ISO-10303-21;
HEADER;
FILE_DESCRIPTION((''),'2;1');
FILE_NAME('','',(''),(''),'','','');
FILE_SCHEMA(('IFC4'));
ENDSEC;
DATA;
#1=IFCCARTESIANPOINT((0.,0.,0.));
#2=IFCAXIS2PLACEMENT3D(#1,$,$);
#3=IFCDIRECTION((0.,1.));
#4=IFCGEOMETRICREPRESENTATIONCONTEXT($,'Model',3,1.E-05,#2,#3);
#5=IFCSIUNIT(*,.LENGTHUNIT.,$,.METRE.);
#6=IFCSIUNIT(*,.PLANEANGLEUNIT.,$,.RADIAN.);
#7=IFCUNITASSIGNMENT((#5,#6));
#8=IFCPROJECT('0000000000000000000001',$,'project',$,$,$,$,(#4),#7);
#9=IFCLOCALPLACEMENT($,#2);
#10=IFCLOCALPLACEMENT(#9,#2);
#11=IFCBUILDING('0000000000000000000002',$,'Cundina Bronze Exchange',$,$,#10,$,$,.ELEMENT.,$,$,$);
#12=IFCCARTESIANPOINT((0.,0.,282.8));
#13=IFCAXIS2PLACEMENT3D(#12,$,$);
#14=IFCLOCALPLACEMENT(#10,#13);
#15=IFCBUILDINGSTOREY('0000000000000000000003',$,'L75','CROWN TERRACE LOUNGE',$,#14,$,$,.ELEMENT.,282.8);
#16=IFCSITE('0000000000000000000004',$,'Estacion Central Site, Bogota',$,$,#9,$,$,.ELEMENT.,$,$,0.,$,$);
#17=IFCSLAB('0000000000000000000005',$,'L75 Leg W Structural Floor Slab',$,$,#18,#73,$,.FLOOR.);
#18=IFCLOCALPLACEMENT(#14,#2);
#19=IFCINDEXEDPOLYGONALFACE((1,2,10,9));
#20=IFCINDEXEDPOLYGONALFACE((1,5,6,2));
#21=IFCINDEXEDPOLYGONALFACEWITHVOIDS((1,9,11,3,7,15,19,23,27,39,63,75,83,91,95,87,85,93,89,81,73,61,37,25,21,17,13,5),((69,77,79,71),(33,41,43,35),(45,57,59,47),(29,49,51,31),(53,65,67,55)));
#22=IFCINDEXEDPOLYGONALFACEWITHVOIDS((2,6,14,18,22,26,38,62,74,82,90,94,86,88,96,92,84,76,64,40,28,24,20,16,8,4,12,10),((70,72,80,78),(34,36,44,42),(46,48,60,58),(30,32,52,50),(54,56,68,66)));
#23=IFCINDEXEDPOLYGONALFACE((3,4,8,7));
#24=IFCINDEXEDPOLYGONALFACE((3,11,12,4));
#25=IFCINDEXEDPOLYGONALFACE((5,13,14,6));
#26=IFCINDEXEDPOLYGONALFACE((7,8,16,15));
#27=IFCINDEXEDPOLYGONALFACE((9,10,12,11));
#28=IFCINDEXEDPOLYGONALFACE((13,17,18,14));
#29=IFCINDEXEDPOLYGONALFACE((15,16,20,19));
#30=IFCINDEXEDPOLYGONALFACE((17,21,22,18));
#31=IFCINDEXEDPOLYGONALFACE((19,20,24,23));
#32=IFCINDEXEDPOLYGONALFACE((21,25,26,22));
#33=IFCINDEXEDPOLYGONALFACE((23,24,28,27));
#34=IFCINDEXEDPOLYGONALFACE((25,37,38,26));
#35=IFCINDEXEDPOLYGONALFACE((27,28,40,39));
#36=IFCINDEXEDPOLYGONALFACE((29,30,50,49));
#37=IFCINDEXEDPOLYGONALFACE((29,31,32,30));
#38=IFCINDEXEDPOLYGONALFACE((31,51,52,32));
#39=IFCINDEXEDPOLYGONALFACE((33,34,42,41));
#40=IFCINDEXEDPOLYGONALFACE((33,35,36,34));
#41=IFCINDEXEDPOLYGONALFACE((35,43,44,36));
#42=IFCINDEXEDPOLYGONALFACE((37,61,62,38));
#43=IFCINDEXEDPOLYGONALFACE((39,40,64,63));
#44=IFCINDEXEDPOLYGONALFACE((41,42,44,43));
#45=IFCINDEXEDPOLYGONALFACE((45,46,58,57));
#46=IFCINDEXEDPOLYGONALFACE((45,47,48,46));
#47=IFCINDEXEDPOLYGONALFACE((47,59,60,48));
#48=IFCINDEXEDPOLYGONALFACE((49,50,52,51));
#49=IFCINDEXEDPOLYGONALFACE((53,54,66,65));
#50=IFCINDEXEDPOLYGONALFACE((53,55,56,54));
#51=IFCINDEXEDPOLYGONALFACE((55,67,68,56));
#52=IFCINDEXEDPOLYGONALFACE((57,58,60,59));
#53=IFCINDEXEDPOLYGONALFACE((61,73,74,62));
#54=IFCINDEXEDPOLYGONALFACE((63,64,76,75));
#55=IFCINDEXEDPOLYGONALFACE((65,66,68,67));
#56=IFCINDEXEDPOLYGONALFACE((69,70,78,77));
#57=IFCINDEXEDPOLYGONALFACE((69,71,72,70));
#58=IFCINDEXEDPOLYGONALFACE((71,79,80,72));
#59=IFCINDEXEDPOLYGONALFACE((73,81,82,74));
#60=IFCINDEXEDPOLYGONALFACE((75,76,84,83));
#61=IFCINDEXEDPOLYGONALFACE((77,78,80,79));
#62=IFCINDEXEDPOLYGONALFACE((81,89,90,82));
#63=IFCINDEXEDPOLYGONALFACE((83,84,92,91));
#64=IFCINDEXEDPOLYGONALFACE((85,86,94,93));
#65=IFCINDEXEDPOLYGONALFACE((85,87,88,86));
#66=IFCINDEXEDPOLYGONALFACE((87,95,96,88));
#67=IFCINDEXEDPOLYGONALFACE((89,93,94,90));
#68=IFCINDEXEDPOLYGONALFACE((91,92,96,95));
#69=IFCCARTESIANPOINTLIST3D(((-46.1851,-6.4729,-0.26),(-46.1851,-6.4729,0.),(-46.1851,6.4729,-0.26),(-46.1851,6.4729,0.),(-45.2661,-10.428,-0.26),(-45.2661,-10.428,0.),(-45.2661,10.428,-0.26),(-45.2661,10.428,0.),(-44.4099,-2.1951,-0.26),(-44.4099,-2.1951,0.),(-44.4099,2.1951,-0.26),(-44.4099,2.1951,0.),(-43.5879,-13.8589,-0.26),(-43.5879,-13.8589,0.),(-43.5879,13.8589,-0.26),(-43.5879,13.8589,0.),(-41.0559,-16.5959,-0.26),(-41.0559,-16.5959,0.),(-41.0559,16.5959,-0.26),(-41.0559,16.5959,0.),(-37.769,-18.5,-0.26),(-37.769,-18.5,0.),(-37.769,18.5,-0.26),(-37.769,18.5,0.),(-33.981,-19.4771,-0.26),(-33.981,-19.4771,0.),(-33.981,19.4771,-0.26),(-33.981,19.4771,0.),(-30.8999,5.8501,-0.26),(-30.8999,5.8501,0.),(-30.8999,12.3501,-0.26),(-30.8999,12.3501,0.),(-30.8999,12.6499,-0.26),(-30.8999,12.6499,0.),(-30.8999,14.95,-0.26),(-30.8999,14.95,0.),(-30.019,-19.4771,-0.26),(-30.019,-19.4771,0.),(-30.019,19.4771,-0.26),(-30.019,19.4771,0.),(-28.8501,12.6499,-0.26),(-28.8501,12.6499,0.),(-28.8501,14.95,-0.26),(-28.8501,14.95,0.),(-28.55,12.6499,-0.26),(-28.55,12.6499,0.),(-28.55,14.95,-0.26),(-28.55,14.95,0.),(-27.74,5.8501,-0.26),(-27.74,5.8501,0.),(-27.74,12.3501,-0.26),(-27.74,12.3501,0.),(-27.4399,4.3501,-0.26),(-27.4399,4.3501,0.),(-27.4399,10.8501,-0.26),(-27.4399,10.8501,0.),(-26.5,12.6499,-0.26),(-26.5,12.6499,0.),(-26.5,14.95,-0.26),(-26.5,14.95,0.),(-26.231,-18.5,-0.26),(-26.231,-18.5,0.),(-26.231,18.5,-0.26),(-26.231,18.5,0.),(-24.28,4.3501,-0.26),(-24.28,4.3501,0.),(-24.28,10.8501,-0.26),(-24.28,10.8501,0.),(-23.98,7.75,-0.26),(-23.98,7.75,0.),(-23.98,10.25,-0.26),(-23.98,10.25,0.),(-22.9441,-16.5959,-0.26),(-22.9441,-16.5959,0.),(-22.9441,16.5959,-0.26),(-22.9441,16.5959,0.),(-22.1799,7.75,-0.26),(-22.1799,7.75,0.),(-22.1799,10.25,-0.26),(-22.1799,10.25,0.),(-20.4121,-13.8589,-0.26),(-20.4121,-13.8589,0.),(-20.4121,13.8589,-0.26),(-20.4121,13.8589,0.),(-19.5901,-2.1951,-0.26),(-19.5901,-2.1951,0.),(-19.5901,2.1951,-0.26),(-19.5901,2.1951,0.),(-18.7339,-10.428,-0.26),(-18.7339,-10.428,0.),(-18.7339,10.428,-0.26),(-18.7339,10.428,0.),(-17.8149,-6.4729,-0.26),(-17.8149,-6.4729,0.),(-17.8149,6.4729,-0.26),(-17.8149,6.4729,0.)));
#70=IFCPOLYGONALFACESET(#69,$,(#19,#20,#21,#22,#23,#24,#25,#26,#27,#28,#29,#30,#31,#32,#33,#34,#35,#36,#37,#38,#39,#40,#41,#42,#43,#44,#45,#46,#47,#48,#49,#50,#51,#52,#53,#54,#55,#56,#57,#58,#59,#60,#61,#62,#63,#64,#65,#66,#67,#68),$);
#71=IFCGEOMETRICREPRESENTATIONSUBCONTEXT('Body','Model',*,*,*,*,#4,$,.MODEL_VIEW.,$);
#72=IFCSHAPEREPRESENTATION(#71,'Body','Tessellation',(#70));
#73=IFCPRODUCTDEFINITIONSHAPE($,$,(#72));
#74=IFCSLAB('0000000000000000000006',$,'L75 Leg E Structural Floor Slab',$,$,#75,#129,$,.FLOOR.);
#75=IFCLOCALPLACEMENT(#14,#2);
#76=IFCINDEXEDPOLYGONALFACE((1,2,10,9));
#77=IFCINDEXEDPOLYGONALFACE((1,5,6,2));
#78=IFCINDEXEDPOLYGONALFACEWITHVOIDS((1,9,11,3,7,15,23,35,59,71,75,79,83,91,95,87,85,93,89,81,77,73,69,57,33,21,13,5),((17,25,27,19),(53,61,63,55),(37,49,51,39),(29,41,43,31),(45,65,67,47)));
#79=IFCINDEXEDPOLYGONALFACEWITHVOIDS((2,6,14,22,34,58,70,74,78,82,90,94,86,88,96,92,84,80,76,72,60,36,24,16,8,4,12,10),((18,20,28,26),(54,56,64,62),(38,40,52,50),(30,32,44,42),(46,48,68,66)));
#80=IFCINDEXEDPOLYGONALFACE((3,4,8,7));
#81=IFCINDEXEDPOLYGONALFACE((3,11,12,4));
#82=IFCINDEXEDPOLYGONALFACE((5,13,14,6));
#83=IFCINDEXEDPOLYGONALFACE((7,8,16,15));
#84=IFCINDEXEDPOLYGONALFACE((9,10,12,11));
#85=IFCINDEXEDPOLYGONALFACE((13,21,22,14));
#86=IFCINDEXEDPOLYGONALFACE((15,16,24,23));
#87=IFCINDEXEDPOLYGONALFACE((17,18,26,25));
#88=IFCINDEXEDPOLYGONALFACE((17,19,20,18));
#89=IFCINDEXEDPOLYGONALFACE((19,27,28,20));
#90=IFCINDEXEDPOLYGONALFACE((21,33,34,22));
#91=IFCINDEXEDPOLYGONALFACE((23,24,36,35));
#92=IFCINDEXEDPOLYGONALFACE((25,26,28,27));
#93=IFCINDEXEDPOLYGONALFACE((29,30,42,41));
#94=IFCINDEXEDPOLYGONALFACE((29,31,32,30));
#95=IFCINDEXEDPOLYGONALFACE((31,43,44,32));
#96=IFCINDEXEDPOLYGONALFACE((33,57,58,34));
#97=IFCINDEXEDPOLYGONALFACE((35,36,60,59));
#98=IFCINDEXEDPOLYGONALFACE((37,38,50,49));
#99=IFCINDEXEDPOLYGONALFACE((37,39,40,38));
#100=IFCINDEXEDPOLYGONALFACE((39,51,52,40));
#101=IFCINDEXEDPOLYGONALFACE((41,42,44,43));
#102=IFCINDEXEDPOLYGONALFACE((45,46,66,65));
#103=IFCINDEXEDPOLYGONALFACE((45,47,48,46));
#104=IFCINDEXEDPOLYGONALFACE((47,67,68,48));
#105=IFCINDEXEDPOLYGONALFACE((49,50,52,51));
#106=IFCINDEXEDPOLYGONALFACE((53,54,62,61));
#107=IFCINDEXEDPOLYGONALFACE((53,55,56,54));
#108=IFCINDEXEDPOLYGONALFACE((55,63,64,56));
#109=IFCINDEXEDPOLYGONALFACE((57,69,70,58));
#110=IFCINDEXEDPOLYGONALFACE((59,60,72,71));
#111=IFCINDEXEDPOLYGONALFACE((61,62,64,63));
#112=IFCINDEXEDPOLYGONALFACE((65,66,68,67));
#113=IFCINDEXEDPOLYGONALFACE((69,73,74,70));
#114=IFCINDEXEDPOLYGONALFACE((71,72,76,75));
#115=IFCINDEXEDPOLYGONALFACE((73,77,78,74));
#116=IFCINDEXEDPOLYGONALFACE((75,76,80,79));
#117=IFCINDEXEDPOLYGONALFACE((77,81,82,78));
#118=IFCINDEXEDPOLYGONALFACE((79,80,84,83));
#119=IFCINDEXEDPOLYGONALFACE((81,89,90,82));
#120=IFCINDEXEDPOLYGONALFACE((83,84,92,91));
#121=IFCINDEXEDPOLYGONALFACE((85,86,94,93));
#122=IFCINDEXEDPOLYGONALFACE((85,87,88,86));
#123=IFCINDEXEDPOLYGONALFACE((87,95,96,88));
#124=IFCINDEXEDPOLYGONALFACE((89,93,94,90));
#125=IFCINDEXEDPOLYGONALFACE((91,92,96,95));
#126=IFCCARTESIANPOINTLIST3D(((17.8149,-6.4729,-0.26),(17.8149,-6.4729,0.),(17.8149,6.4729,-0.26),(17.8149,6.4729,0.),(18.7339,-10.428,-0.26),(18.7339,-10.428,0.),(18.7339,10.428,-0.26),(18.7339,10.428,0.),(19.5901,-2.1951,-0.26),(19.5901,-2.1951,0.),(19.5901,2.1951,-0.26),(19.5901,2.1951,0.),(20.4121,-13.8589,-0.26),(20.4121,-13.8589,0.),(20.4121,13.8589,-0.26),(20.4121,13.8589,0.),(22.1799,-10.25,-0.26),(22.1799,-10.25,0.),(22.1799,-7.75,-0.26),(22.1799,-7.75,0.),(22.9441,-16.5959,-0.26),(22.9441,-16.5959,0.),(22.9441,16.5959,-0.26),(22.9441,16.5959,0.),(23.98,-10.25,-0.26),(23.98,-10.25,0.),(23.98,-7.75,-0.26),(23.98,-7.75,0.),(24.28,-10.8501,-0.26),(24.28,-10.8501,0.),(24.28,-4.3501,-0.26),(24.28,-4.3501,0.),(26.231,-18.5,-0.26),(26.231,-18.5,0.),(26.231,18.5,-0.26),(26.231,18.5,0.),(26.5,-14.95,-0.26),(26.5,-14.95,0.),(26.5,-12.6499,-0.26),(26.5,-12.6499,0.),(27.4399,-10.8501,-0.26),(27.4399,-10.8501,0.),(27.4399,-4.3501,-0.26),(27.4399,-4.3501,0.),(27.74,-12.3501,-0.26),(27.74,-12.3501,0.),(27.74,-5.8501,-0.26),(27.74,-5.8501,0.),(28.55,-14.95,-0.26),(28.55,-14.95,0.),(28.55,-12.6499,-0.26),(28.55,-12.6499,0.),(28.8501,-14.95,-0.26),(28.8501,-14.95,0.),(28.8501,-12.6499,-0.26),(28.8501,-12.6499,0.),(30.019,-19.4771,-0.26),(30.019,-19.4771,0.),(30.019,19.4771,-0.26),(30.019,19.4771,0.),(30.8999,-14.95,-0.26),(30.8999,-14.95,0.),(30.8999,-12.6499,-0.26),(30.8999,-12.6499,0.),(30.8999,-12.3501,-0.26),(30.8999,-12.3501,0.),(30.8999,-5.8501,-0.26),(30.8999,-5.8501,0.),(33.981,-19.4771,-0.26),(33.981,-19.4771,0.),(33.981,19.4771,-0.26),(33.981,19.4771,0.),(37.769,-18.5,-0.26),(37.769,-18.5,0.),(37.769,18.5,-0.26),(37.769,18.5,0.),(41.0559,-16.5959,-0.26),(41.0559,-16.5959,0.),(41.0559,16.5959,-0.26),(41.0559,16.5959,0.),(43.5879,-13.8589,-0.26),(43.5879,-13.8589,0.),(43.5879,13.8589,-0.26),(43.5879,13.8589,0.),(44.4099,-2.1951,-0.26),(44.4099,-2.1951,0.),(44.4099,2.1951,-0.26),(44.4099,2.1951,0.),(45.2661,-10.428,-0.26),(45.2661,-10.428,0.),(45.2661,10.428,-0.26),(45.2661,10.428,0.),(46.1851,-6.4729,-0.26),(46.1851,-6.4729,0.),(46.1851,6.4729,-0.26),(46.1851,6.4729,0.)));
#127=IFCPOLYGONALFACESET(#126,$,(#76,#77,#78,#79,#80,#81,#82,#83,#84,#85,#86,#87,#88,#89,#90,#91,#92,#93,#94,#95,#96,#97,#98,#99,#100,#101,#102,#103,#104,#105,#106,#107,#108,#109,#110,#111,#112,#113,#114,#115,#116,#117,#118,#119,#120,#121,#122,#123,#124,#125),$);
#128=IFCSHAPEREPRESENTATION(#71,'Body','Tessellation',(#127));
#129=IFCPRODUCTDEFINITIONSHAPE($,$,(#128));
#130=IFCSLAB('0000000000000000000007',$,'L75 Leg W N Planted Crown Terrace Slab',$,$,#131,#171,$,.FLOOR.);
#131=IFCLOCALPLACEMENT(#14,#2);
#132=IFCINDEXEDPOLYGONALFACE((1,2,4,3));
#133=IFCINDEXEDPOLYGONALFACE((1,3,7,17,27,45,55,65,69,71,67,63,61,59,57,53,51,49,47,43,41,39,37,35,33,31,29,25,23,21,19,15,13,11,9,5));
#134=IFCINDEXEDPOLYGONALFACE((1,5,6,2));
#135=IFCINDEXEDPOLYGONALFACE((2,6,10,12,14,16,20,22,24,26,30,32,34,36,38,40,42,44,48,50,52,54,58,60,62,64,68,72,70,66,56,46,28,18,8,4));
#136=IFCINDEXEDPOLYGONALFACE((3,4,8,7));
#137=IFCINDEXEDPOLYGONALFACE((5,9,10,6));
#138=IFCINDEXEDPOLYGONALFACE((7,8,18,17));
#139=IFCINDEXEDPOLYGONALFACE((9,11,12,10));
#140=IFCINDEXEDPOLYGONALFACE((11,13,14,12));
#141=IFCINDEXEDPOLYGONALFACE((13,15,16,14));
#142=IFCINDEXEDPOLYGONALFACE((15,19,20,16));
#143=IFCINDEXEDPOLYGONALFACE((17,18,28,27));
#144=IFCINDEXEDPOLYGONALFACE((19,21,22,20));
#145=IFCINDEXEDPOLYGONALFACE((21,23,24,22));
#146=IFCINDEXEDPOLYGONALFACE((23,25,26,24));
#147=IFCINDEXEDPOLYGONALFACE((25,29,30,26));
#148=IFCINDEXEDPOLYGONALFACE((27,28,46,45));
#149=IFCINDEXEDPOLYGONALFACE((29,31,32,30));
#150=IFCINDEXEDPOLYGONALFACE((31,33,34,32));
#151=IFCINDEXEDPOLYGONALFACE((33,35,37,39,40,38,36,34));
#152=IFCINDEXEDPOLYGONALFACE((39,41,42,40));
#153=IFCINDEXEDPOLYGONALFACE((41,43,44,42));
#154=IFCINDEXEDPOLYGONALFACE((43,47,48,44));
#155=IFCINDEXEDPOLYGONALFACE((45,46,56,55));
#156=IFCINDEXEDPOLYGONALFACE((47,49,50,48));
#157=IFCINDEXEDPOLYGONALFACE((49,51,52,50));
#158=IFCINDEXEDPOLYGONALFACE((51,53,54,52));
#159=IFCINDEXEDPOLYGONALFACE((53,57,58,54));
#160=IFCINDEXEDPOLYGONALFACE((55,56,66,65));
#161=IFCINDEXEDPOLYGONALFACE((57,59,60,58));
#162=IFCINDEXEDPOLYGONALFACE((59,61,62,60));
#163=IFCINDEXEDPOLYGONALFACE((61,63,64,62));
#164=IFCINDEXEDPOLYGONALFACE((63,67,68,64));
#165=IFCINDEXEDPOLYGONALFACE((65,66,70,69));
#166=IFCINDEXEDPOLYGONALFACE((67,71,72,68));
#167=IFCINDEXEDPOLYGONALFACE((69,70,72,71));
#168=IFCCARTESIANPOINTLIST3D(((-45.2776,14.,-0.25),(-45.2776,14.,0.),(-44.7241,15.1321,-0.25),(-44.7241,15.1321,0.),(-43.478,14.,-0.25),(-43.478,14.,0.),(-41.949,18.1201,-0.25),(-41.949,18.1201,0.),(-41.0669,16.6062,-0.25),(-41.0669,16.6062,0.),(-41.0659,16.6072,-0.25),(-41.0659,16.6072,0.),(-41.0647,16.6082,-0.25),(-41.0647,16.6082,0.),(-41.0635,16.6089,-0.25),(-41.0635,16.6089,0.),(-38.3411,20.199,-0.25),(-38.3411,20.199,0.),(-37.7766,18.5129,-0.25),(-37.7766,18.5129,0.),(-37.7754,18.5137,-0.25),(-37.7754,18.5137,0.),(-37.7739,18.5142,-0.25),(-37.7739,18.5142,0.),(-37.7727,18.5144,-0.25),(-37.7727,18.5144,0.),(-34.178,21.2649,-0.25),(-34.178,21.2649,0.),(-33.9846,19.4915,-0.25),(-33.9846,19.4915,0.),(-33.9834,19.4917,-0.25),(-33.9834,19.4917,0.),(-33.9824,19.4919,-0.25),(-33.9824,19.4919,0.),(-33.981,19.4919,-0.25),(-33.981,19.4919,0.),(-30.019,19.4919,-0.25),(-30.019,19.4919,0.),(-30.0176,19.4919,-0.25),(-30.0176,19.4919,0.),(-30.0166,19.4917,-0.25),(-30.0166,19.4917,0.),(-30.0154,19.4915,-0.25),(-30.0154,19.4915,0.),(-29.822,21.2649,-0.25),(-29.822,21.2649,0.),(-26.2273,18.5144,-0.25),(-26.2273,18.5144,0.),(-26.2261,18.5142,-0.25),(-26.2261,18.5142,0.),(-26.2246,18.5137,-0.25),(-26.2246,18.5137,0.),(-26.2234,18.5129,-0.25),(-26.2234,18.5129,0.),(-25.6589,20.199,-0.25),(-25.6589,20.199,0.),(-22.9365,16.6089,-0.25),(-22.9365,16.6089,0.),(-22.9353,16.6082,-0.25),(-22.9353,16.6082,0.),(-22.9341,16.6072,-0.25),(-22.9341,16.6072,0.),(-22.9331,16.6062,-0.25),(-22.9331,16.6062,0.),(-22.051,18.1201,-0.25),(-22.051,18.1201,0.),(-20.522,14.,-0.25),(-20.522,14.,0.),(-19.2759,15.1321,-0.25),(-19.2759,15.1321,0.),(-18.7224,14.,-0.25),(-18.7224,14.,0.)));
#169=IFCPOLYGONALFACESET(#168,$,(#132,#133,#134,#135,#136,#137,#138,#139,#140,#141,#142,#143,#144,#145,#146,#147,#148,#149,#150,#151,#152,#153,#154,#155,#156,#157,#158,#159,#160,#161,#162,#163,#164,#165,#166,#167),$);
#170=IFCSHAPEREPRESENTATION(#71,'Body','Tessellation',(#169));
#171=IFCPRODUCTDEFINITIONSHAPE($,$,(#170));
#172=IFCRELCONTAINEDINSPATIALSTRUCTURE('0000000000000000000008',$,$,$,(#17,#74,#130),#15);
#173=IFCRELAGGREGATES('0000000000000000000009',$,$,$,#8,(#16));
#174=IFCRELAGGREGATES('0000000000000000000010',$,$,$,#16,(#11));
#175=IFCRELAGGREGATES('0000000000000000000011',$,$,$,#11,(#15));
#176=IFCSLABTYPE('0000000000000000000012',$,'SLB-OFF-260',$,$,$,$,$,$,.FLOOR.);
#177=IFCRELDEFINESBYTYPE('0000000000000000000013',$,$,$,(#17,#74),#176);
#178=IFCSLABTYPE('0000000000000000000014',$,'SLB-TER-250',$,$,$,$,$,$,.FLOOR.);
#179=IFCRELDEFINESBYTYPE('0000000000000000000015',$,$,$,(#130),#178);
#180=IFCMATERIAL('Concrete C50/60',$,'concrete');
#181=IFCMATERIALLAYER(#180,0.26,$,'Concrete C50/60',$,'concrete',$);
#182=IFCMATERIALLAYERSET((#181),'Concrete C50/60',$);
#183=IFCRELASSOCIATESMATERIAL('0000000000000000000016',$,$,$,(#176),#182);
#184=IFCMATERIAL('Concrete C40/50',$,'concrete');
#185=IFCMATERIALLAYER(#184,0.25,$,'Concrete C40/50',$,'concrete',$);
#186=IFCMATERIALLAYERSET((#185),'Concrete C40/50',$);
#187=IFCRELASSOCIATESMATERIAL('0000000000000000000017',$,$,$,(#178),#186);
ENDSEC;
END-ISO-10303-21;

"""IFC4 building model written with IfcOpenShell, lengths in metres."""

from ifc_helpers import new_model, si_unit, direction, frame, origin, place, context, subcontext, project, spatial, polyline, outline, extrude, material, layer, layer_set, type_object, element, save


model = new_model("IFC4")

# Units and contexts
model_context = context("Model", 3, precision=1e-05, world=origin(), true_north=direction((0.0, 1.0)))
body_context = subcontext(model_context, "Body", "Model", "MODEL_VIEW")
ifc_project = project(units=[si_unit("LENGTHUNIT", "METRE"), si_unit("PLANEANGLEUNIT", "RADIAN")], contexts=[model_context])

# Site, building, storey
site_placement = place(None, origin())
site = spatial("IfcSite", under=ifc_project, at=site_placement, Name="Estacion Central Site, Bogota", CompositionType="ELEMENT", RefElevation=0.0)
building_placement = place(site_placement, origin())
building = spatial("IfcBuilding", under=site, at=building_placement, Name="Cundina Bronze Exchange", CompositionType="ELEMENT")
storey_placement = place(building_placement, frame((0.0, 0.0, 282.8)))
storey = spatial("IfcBuildingStorey", under=building, at=storey_placement, Name="L75", Description="CROWN TERRACE LOUNGE", CompositionType="ELEMENT", Elevation=282.8)

# Slabs
ifc_material_1 = material(Name="Concrete C50/60", Category="concrete")
ifc_layer_1 = layer(ifc_material_1, 0.26, Name="Concrete C50/60", Category="concrete")
ifc_layer_set_1 = layer_set([ifc_layer_1], Name="Concrete C50/60")
slab_type_1 = type_object("IfcSlabType", Name="SLB-OFF-260", PredefinedType="FLOOR", material=ifc_layer_set_1)
slab_1_placement = place(storey_placement, frame((0.0, 0.0, -0.26)))
element("IfcSlab", 1, at=slab_1_placement, inside=storey, type_object=slab_type_1, Name="L75 Leg W Structural Floor Slab", PredefinedType="FLOOR", context=body_context, shape_type="SweptSolid", body=[
    extrude(outline(polyline([(-19.5901, 2.1951), (-17.8149, 6.4729), (-18.7339, 10.428), (-20.4121, 13.8589), (-22.9441, 16.5959), (-26.231, 18.5), (-30.019, 19.4771), (-33.981, 19.4771), (-37.769, 18.5), (-41.0559, 16.5959), (-43.5879, 13.8589), (-45.2661, 10.428), (-46.1851, 6.4729), (-44.4099, 2.1951), (-44.4099, -2.1951), (-46.1851, -6.4729), (-45.2661, -10.428), (-43.5879, -13.8589), (-41.0559, -16.5959), (-37.769, -18.5), (-33.981, -19.4771), (-30.019, -19.4771), (-26.231, -18.5), (-22.9441, -16.5959), (-20.4121, -13.8589), (-18.7339, -10.428), (-17.8149, -6.4729), (-19.5901, -2.1951), (-19.5901, 2.1951)]), holes=[polyline([(-27.74, 5.8501), (-27.74, 12.3501), (-30.8999, 12.3501), (-30.8999, 5.8501), (-27.74, 5.8501)]), polyline([(-27.4399, 10.8501), (-27.4399, 4.3501), (-24.28, 4.3501), (-24.28, 10.8501), (-27.4399, 10.8501)]), polyline([(-23.98, 10.25), (-22.1799, 10.25), (-22.1799, 7.75), (-23.98, 7.75), (-23.98, 10.25)]), polyline([(-30.8999, 14.95), (-28.8501, 14.95), (-28.8501, 12.6499), (-30.8999, 12.6499), (-30.8999, 14.95)]), polyline([(-28.55, 14.95), (-26.5, 14.95), (-26.5, 12.6499), (-28.55, 12.6499), (-28.55, 14.95)])]), origin(), (0.0, 0.0, 1.0), 0.26),
])
slab_2_placement = place(storey_placement, frame((0.0, 0.0, -0.26)))
element("IfcSlab", 2, at=slab_2_placement, inside=storey, type_object=slab_type_1, Name="L75 Leg E Structural Floor Slab", PredefinedType="FLOOR", context=body_context, shape_type="SweptSolid", body=[
    extrude(outline(polyline([(44.4099, 2.1951), (46.1851, 6.4729), (45.2661, 10.428), (43.5879, 13.8589), (41.0559, 16.5959), (37.769, 18.5), (33.981, 19.4771), (30.019, 19.4771), (26.231, 18.5), (22.9441, 16.5959), (20.4121, 13.8589), (18.7339, 10.428), (17.8149, 6.4729), (19.5901, 2.1951), (19.5901, -2.1951), (17.8149, -6.4729), (18.7339, -10.428), (20.4121, -13.8589), (22.9441, -16.5959), (26.231, -18.5), (30.019, -19.4771), (33.981, -19.4771), (37.769, -18.5), (41.0559, -16.5959), (43.5879, -13.8589), (45.2661, -10.428), (46.1851, -6.4729), (44.4099, -2.1951), (44.4099, 2.1951)]), holes=[polyline([(27.74, -5.8501), (27.74, -12.3501), (30.8999, -12.3501), (30.8999, -5.8501), (27.74, -5.8501)]), polyline([(27.4399, -10.8501), (27.4399, -4.3501), (24.28, -4.3501), (24.28, -10.8501), (27.4399, -10.8501)]), polyline([(22.1799, -7.75), (23.98, -7.75), (23.98, -10.25), (22.1799, -10.25), (22.1799, -7.75)]), polyline([(28.8501, -12.6499), (30.8999, -12.6499), (30.8999, -14.95), (28.8501, -14.95), (28.8501, -12.6499)]), polyline([(26.5, -12.6499), (28.55, -12.6499), (28.55, -14.95), (26.5, -14.95), (26.5, -12.6499)])]), origin(), (0.0, 0.0, 1.0), 0.26),
])
ifc_material_2 = material(Name="Concrete C40/50", Category="concrete")
ifc_layer_2 = layer(ifc_material_2, 0.25, Name="Concrete C40/50", Category="concrete")
ifc_layer_set_2 = layer_set([ifc_layer_2], Name="Concrete C40/50")
slab_type_2 = type_object("IfcSlabType", Name="SLB-TER-250", PredefinedType="FLOOR", material=ifc_layer_set_2)
slab_3_placement = place(storey_placement, frame((0.0, 0.0, -0.25)))
element("IfcSlab", 3, at=slab_3_placement, inside=storey, type_object=slab_type_2, Name="L75 Leg W N Planted Crown Terrace Slab", PredefinedType="FLOOR", context=body_context, shape_type="SweptSolid", body=[
    extrude(outline(polyline([(-44.7241, 15.1321), (-41.949, 18.1201), (-38.3411, 20.199), (-34.178, 21.2649), (-29.822, 21.2649), (-25.6589, 20.199), (-22.051, 18.1201), (-19.2759, 15.1321), (-18.7224, 14.0), (-20.522, 14.0), (-22.9331, 16.6062), (-22.9341, 16.6072), (-22.9353, 16.6082), (-22.9365, 16.6089), (-26.2234, 18.5129), (-26.2246, 18.5137), (-26.2261, 18.5142), (-26.2273, 18.5144), (-30.0154, 19.4915), (-30.0166, 19.4917), (-30.0176, 19.4919), (-30.019, 19.4919), (-33.981, 19.4919), (-33.9824, 19.4919), (-33.9834, 19.4917), (-33.9846, 19.4915), (-37.7727, 18.5144), (-37.7739, 18.5142), (-37.7754, 18.5137), (-37.7766, 18.5129), (-41.0635, 16.6089), (-41.0647, 16.6082), (-41.0659, 16.6072), (-41.0669, 16.6062), (-43.478, 14.0), (-45.2776, 14.0), (-44.7241, 15.1321)])), origin(), (0.0, 0.0, 1.0), 0.25),
])

save(model, "model.ifc")
